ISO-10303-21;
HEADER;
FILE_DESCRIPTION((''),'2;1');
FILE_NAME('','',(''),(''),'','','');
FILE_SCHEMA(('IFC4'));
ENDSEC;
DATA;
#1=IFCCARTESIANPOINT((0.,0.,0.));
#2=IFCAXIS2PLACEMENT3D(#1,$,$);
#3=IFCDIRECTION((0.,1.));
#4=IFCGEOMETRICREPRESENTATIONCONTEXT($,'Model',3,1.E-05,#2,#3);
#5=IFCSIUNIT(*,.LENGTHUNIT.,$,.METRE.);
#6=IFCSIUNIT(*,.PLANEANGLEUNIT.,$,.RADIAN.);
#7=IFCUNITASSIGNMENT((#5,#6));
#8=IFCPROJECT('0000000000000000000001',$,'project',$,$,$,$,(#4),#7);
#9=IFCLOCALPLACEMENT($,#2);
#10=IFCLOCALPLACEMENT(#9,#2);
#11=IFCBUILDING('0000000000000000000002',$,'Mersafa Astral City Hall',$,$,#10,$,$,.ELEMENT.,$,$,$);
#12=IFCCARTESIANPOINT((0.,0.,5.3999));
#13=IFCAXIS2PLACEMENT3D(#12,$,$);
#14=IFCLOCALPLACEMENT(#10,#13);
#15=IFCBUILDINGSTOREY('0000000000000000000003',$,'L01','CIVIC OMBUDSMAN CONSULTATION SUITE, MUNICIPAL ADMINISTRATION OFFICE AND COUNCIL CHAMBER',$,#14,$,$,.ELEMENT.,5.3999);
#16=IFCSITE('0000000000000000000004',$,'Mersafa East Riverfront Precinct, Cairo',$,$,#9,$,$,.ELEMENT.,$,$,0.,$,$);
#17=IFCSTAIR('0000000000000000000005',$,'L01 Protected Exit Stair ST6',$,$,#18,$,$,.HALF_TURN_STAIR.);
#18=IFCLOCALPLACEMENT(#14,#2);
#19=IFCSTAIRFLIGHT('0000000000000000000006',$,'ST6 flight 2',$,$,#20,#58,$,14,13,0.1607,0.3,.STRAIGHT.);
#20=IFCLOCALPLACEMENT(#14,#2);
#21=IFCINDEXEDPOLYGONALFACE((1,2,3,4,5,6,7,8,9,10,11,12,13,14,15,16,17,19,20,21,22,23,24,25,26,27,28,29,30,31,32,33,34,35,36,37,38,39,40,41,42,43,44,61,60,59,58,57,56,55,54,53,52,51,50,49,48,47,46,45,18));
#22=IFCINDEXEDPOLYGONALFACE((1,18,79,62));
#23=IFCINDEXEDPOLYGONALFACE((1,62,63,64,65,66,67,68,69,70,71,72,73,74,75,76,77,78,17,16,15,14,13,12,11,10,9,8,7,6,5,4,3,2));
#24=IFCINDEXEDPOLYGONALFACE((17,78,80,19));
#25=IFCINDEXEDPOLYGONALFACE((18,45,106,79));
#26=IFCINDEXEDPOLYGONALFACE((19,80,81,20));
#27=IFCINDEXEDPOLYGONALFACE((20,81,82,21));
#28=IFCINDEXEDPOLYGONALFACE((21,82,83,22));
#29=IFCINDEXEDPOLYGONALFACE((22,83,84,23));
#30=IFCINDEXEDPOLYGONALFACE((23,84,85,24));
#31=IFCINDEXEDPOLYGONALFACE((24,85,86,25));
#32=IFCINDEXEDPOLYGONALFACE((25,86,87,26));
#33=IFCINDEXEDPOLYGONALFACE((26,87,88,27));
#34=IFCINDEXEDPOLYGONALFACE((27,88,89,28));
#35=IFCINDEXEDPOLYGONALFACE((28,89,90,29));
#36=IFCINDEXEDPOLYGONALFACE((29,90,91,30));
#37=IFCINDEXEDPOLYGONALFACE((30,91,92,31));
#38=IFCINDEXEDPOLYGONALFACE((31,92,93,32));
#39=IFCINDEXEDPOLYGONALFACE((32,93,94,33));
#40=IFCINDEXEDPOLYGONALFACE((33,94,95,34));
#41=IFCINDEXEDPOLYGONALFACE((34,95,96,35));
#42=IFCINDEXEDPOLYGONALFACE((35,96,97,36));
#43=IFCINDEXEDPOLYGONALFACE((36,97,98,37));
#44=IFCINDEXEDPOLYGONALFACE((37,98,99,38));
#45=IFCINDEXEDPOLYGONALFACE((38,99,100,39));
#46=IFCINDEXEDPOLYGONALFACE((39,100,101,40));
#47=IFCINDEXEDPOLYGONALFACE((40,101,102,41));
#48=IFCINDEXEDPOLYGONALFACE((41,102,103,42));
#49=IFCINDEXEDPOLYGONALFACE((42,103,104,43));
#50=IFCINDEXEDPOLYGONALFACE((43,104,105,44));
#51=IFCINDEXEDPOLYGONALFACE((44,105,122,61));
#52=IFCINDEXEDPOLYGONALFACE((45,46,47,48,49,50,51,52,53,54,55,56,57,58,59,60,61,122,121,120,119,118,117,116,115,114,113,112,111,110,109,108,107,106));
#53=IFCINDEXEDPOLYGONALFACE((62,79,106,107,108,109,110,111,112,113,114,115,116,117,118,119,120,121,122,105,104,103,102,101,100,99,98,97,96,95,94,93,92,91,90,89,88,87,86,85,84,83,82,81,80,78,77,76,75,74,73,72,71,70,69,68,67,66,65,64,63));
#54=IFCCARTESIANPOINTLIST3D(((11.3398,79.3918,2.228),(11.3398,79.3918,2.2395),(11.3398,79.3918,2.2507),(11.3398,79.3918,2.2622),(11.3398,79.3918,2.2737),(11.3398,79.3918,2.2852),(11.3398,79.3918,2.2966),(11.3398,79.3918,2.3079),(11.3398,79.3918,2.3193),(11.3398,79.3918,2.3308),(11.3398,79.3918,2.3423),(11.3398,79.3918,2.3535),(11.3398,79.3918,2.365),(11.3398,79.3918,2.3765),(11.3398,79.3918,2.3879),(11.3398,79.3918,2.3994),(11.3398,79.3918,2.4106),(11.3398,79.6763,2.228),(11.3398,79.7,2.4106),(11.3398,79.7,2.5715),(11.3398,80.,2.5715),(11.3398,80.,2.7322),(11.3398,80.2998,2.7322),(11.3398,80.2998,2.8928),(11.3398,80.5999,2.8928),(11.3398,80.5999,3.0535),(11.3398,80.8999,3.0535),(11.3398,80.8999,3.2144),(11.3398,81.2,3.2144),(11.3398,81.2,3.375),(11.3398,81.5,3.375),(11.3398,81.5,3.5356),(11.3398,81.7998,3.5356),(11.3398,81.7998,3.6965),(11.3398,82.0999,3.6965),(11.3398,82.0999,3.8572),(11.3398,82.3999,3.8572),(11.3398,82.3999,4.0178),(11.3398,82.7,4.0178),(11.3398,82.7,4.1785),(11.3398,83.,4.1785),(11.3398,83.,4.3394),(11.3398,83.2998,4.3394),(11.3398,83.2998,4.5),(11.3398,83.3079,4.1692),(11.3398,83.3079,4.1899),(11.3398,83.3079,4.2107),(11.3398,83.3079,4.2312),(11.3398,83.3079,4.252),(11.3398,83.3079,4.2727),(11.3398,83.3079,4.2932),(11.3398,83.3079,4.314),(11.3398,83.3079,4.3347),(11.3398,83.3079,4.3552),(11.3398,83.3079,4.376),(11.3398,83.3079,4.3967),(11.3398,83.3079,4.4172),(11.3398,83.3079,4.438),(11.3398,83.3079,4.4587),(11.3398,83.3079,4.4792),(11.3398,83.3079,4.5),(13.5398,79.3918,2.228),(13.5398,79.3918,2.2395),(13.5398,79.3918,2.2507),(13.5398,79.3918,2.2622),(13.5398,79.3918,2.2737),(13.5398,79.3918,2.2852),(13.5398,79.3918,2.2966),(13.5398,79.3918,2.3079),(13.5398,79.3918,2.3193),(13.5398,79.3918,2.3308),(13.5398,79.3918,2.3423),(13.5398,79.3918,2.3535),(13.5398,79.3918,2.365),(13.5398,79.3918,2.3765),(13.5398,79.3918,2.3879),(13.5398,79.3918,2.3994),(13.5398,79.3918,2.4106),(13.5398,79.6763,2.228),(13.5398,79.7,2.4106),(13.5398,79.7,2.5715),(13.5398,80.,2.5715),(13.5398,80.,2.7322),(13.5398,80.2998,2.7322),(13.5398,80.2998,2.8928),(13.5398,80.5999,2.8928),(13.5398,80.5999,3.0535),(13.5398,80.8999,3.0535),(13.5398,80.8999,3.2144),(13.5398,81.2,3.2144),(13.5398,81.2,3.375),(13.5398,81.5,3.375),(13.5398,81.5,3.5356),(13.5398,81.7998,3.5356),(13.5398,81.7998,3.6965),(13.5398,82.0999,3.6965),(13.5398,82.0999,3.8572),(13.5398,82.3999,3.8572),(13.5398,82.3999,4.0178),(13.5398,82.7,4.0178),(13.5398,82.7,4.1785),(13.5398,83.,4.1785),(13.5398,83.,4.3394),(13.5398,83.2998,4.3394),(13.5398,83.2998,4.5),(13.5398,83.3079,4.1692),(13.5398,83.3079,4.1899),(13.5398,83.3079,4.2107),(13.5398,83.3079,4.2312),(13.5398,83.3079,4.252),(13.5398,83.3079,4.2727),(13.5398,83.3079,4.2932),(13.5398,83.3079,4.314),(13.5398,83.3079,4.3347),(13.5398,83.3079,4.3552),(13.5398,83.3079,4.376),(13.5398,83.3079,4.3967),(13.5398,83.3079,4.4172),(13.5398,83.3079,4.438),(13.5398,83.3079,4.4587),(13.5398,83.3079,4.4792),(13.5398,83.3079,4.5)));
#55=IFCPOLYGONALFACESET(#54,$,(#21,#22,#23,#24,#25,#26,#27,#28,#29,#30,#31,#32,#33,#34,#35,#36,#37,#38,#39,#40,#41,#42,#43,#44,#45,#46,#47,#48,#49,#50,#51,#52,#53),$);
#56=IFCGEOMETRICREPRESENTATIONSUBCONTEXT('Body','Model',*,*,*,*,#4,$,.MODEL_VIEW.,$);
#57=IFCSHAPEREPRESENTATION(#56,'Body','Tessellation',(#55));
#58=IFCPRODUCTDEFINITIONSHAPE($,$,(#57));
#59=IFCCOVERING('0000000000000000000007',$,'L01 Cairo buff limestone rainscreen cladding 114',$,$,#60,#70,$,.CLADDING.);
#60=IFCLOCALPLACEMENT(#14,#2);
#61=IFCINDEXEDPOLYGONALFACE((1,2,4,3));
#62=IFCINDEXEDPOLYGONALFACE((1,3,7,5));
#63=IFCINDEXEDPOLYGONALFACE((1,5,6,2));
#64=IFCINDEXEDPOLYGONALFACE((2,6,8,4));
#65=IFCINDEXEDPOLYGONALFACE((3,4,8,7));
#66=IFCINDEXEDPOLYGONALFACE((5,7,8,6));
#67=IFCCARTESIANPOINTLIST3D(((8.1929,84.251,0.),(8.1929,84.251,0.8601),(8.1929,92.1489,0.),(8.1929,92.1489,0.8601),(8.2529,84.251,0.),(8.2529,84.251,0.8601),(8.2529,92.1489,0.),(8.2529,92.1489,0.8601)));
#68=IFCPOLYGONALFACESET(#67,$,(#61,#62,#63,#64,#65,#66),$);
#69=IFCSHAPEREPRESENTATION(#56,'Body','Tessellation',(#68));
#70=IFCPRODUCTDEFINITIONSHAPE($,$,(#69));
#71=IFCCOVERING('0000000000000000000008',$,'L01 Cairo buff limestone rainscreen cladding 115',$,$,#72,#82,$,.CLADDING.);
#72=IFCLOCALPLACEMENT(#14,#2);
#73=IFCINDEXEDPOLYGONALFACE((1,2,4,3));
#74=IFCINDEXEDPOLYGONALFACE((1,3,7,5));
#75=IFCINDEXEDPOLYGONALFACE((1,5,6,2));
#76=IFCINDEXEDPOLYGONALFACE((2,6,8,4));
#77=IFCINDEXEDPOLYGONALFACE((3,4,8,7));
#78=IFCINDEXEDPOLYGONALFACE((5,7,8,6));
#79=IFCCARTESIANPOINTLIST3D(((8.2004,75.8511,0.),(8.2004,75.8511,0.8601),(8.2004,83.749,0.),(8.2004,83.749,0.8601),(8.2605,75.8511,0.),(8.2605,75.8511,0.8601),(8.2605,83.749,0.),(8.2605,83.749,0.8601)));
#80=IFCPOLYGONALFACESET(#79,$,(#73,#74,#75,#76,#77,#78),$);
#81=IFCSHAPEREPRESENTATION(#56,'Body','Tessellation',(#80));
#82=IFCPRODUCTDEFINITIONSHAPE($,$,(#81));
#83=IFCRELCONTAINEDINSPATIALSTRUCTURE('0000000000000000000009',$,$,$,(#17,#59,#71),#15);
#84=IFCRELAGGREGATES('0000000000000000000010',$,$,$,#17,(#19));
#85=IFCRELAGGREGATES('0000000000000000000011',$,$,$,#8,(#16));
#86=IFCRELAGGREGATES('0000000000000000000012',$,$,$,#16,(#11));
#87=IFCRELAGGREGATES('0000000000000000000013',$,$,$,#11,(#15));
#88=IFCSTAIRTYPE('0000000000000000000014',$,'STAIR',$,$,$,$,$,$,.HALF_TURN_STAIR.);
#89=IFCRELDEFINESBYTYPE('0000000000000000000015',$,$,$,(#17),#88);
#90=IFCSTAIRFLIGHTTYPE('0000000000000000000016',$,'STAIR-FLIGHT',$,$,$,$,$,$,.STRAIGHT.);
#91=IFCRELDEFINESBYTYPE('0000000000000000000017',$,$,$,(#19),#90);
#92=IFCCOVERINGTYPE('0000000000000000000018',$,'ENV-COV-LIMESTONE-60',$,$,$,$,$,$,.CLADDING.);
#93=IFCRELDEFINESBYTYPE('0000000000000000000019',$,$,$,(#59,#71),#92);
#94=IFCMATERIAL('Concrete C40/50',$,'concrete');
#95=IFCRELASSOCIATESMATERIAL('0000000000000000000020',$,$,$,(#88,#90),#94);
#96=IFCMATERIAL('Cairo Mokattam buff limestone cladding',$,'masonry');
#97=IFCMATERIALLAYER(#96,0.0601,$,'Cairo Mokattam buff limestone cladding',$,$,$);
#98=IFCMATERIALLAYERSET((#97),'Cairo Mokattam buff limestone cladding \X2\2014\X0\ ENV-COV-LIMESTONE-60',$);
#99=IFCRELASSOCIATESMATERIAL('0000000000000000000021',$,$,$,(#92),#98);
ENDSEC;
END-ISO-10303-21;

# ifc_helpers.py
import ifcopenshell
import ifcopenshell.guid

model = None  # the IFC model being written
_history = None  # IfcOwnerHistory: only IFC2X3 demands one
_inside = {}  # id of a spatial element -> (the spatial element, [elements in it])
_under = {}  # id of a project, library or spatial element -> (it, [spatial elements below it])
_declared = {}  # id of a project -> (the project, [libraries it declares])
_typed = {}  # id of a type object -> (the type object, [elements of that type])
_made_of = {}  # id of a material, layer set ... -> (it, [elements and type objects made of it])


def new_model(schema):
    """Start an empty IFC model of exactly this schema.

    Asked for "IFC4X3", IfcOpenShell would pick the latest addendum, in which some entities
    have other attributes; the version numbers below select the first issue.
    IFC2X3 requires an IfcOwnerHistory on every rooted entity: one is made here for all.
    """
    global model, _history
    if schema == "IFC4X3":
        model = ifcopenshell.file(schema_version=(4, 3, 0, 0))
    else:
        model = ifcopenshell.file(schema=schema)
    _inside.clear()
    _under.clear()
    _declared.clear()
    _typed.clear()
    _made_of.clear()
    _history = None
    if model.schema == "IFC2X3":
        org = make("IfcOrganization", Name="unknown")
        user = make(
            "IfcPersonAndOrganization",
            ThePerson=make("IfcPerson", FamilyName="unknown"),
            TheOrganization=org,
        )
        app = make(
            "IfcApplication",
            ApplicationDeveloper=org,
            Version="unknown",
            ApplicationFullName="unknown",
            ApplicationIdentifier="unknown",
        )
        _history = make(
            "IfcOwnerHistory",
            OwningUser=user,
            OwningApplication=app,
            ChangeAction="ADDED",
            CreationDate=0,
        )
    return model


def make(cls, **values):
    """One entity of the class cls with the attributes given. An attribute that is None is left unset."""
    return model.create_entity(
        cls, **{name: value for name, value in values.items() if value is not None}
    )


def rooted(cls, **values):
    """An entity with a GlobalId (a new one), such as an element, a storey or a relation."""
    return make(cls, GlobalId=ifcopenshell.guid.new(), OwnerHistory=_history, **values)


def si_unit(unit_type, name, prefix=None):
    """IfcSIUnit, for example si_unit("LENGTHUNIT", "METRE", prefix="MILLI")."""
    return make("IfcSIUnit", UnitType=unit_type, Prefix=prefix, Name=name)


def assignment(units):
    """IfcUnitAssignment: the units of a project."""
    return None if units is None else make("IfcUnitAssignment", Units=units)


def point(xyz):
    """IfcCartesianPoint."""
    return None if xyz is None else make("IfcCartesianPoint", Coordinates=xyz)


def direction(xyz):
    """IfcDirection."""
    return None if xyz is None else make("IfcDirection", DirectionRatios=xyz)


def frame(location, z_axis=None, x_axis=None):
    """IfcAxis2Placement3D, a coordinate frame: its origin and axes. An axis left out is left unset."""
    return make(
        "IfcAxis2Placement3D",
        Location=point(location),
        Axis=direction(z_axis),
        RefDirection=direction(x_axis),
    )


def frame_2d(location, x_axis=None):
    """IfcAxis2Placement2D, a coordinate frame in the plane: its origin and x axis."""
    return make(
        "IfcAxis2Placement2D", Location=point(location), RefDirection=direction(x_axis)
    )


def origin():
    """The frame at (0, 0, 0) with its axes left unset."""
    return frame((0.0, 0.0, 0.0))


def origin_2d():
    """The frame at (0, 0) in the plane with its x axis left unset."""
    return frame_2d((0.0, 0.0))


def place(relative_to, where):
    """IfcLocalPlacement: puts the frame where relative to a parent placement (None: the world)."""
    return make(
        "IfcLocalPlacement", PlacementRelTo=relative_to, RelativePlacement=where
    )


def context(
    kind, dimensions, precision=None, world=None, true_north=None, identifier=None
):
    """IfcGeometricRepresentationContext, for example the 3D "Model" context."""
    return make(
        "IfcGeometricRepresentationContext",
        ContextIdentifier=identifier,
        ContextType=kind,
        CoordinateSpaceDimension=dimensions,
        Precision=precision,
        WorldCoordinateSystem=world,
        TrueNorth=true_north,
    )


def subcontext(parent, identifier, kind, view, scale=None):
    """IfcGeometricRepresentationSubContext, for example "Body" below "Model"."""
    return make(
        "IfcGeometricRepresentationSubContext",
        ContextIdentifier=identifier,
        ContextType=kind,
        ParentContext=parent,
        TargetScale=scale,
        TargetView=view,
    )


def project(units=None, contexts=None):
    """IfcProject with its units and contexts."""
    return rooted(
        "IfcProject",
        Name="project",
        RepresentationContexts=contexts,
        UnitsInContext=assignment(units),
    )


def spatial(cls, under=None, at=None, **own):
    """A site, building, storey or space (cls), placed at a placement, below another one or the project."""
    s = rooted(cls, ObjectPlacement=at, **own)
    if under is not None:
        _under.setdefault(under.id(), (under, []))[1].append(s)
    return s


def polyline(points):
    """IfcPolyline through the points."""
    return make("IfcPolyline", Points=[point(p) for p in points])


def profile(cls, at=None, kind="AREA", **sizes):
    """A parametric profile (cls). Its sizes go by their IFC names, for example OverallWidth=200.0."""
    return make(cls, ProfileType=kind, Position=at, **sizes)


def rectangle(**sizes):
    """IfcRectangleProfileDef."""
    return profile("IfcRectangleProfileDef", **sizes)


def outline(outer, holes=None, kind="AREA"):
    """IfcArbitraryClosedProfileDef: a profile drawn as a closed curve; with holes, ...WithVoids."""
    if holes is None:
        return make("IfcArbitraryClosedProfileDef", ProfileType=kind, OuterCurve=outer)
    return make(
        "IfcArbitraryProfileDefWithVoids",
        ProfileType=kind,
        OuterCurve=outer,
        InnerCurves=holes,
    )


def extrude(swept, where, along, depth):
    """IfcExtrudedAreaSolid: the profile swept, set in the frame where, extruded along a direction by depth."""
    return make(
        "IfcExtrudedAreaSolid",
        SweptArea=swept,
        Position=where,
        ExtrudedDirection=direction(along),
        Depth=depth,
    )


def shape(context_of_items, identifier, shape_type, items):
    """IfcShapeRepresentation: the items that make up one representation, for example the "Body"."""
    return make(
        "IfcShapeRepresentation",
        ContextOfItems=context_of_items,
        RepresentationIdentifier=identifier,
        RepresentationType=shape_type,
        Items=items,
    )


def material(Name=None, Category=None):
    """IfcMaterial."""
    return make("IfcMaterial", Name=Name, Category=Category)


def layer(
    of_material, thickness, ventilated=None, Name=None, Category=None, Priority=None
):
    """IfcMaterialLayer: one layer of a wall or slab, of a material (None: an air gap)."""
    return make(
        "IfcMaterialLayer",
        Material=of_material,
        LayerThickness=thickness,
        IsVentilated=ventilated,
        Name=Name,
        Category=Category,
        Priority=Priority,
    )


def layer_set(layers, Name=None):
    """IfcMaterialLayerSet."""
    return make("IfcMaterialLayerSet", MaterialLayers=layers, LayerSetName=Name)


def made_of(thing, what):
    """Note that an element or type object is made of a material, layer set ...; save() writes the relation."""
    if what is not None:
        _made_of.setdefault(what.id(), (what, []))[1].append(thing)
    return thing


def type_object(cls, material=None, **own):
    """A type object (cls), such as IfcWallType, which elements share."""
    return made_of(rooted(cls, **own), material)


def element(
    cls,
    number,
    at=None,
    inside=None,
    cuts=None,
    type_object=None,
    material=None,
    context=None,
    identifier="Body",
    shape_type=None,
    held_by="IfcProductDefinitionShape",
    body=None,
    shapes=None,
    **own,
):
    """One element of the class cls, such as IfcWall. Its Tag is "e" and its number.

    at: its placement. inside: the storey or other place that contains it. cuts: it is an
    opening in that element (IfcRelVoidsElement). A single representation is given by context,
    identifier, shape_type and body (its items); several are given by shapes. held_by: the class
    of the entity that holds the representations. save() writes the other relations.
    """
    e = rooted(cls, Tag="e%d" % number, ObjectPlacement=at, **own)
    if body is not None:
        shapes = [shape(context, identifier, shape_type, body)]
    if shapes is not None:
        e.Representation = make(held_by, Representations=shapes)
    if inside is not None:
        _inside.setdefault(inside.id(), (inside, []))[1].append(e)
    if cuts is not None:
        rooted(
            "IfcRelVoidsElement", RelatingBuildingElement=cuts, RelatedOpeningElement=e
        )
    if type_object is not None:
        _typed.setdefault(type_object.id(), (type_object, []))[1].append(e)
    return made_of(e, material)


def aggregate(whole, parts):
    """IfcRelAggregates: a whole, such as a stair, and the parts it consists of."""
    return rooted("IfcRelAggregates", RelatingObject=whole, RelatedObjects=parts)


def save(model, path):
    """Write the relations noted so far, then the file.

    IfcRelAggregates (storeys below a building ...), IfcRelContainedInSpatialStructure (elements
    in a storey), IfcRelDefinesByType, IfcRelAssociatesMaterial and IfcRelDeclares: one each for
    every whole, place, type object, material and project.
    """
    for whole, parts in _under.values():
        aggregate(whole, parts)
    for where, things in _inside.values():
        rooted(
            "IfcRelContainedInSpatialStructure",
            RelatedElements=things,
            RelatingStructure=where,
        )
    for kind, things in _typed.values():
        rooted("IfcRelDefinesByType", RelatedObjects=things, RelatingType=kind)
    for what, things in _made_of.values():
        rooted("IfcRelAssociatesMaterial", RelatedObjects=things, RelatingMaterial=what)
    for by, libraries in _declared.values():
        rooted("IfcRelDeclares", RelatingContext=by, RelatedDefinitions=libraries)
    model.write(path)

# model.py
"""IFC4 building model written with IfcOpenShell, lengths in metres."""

from ifc_helpers import new_model, si_unit, direction, frame, origin, origin_2d, place, context, subcontext, project, spatial, polyline, rectangle, outline, extrude, material, layer, layer_set, type_object, element, aggregate, save


model = new_model("IFC4")

# Units and contexts
model_context = context("Model", 3, precision=1e-05, world=origin(), true_north=direction((0.0, 1.0)))
body_context = subcontext(model_context, "Body", "Model", "MODEL_VIEW")
ifc_project = project(units=[si_unit("LENGTHUNIT", "METRE"), si_unit("PLANEANGLEUNIT", "RADIAN")], contexts=[model_context])

# Site, building, storey
site_placement = place(None, origin())
site = spatial("IfcSite", under=ifc_project, at=site_placement, Name="Mersafa East Riverfront Precinct, Cairo", CompositionType="ELEMENT", RefElevation=0.0)
building_placement = place(site_placement, origin())
building = spatial("IfcBuilding", under=site, at=building_placement, Name="Mersafa Astral City Hall", CompositionType="ELEMENT")
storey_placement = place(building_placement, frame((0.0, 0.0, 5.3999)))
storey = spatial("IfcBuildingStorey", under=building, at=storey_placement, Name="L01", Description="CIVIC OMBUDSMAN CONSULTATION SUITE, MUNICIPAL ADMINISTRATION OFFICE AND COUNCIL CHAMBER", CompositionType="ELEMENT", Elevation=5.3999)

# Shared definitions
ifc_material_1 = material(Name="Concrete C40/50", Category="concrete")

# Stair, stair flight
stair_type = type_object("IfcStairType", Name="STAIR", PredefinedType="HALF_TURN_STAIR", material=ifc_material_1)
stair_placement = place(storey_placement, origin())
stair = element("IfcStair", 1, at=stair_placement, inside=storey, type_object=stair_type, Name="L01 Protected Exit Stair ST6", PredefinedType="HALF_TURN_STAIR")
stair_flight_type = type_object("IfcStairFlightType", Name="STAIR-FLIGHT", PredefinedType="STRAIGHT", material=ifc_material_1)
stair_flight_1_placement = place(storey_placement, frame((12.4399, 79.3999, 2.25), z_axis=(0.0, 0.0, 1.0), x_axis=(0.0, 1.0, 0.0)))
stair_flight_1 = element("IfcStairFlight", 2, at=stair_flight_1_placement, type_object=stair_flight_type, Name="ST6 flight 2", NumberOfRisers=14, NumberOfTreads=13, PredefinedType="STRAIGHT", RiserHeight=0.1607, TreadLength=0.3, context=body_context, shape_type="SweptSolid", body=[
    extrude(outline(polyline([(-0.0081, -0.022), (-0.0081, -0.0105), (-0.0081, 0.0007), (-0.0081, 0.0122), (-0.0081, 0.0237), (-0.0081, 0.0352), (-0.0081, 0.0466), (-0.0081, 0.0579), (-0.0081, 0.0693), (-0.0081, 0.0808), (-0.0081, 0.0923), (-0.0081, 0.1035), (-0.0081, 0.115), (-0.0081, 0.1265), (-0.0081, 0.1379), (-0.0081, 0.1494), (-0.0081, 0.1606), (0.3, 0.1606), (0.3, 0.3215), (0.6001, 0.3215), (0.6001, 0.4822), (0.8999, 0.4822), (0.8999, 0.6428), (1.2, 0.6428), (1.2, 0.8035), (1.5, 0.8035), (1.5, 0.9644), (1.8, 0.9644), (1.8, 1.125), (2.1001, 1.125), (2.1001, 1.2856), (2.3999, 1.2856), (2.3999, 1.4465), (2.7, 1.4465), (2.7, 1.6072), (3.0, 1.6072), (3.0, 1.7678), (3.3, 1.7678), (3.3, 1.9285), (3.6001, 1.9285), (3.6001, 2.0894), (3.8999, 2.0894), (3.8999, 2.25), (3.908, 2.25), (3.908, 2.2292), (3.908, 2.2087), (3.908, 2.188), (3.908, 2.1672), (3.908, 2.1467), (3.908, 2.126), (3.908, 2.1052), (3.908, 2.0847), (3.908, 2.064), (3.908, 2.0432), (3.908, 2.0227), (3.908, 2.002), (3.908, 1.9812), (3.908, 1.9607), (3.908, 1.9399), (3.908, 1.9192), (0.2764, -0.022), (-0.0081, -0.022)])), frame((0.0, 1.1001, 0.0), z_axis=(0.0, -1.0, 0.0), x_axis=(1.0, 0.0, 0.0)), (0.0, 0.0, 1.0), 2.2),
])
aggregate(stair, [stair_flight_1])

# Coverings
ifc_material_2 = material(Name="Cairo Mokattam buff limestone cladding", Category="masonry")
ifc_layer_1 = layer(ifc_material_2, 0.0601, Name="Cairo Mokattam buff limestone cladding")
ifc_layer_set_1 = layer_set([ifc_layer_1], Name="Cairo Mokattam buff limestone cladding — ENV-COV-LIMESTONE-60")
covering_type = type_object("IfcCoveringType", Name="ENV-COV-LIMESTONE-60", PredefinedType="CLADDING", material=ifc_layer_set_1)
for number, where, z_axis, x_axis, name in (
    (3, (8.2229, 88.2, 0.0), (0.0, 0.0, 1.0), (0.0, -1.0, 0.0), "L01 Cairo buff limestone rainscreen cladding 114"),
    (4, (8.2305, 79.8, 0.0), (0.0, 0.0, 1.0), (0.0, -1.0, 0.0), "L01 Cairo buff limestone rainscreen cladding 115"),
):
    element("IfcCovering", number, at=place(storey_placement, frame(where, z_axis=z_axis, x_axis=x_axis)), inside=storey, type_object=covering_type, Name=name, PredefinedType="CLADDING", context=body_context, shape_type="SweptSolid", body=[
        extrude(rectangle(XDim=7.8979, YDim=0.0601, at=origin_2d()), origin(), (0.0, 0.0, 1.0), 0.8601),
    ])

save(model, "model.ifc")
